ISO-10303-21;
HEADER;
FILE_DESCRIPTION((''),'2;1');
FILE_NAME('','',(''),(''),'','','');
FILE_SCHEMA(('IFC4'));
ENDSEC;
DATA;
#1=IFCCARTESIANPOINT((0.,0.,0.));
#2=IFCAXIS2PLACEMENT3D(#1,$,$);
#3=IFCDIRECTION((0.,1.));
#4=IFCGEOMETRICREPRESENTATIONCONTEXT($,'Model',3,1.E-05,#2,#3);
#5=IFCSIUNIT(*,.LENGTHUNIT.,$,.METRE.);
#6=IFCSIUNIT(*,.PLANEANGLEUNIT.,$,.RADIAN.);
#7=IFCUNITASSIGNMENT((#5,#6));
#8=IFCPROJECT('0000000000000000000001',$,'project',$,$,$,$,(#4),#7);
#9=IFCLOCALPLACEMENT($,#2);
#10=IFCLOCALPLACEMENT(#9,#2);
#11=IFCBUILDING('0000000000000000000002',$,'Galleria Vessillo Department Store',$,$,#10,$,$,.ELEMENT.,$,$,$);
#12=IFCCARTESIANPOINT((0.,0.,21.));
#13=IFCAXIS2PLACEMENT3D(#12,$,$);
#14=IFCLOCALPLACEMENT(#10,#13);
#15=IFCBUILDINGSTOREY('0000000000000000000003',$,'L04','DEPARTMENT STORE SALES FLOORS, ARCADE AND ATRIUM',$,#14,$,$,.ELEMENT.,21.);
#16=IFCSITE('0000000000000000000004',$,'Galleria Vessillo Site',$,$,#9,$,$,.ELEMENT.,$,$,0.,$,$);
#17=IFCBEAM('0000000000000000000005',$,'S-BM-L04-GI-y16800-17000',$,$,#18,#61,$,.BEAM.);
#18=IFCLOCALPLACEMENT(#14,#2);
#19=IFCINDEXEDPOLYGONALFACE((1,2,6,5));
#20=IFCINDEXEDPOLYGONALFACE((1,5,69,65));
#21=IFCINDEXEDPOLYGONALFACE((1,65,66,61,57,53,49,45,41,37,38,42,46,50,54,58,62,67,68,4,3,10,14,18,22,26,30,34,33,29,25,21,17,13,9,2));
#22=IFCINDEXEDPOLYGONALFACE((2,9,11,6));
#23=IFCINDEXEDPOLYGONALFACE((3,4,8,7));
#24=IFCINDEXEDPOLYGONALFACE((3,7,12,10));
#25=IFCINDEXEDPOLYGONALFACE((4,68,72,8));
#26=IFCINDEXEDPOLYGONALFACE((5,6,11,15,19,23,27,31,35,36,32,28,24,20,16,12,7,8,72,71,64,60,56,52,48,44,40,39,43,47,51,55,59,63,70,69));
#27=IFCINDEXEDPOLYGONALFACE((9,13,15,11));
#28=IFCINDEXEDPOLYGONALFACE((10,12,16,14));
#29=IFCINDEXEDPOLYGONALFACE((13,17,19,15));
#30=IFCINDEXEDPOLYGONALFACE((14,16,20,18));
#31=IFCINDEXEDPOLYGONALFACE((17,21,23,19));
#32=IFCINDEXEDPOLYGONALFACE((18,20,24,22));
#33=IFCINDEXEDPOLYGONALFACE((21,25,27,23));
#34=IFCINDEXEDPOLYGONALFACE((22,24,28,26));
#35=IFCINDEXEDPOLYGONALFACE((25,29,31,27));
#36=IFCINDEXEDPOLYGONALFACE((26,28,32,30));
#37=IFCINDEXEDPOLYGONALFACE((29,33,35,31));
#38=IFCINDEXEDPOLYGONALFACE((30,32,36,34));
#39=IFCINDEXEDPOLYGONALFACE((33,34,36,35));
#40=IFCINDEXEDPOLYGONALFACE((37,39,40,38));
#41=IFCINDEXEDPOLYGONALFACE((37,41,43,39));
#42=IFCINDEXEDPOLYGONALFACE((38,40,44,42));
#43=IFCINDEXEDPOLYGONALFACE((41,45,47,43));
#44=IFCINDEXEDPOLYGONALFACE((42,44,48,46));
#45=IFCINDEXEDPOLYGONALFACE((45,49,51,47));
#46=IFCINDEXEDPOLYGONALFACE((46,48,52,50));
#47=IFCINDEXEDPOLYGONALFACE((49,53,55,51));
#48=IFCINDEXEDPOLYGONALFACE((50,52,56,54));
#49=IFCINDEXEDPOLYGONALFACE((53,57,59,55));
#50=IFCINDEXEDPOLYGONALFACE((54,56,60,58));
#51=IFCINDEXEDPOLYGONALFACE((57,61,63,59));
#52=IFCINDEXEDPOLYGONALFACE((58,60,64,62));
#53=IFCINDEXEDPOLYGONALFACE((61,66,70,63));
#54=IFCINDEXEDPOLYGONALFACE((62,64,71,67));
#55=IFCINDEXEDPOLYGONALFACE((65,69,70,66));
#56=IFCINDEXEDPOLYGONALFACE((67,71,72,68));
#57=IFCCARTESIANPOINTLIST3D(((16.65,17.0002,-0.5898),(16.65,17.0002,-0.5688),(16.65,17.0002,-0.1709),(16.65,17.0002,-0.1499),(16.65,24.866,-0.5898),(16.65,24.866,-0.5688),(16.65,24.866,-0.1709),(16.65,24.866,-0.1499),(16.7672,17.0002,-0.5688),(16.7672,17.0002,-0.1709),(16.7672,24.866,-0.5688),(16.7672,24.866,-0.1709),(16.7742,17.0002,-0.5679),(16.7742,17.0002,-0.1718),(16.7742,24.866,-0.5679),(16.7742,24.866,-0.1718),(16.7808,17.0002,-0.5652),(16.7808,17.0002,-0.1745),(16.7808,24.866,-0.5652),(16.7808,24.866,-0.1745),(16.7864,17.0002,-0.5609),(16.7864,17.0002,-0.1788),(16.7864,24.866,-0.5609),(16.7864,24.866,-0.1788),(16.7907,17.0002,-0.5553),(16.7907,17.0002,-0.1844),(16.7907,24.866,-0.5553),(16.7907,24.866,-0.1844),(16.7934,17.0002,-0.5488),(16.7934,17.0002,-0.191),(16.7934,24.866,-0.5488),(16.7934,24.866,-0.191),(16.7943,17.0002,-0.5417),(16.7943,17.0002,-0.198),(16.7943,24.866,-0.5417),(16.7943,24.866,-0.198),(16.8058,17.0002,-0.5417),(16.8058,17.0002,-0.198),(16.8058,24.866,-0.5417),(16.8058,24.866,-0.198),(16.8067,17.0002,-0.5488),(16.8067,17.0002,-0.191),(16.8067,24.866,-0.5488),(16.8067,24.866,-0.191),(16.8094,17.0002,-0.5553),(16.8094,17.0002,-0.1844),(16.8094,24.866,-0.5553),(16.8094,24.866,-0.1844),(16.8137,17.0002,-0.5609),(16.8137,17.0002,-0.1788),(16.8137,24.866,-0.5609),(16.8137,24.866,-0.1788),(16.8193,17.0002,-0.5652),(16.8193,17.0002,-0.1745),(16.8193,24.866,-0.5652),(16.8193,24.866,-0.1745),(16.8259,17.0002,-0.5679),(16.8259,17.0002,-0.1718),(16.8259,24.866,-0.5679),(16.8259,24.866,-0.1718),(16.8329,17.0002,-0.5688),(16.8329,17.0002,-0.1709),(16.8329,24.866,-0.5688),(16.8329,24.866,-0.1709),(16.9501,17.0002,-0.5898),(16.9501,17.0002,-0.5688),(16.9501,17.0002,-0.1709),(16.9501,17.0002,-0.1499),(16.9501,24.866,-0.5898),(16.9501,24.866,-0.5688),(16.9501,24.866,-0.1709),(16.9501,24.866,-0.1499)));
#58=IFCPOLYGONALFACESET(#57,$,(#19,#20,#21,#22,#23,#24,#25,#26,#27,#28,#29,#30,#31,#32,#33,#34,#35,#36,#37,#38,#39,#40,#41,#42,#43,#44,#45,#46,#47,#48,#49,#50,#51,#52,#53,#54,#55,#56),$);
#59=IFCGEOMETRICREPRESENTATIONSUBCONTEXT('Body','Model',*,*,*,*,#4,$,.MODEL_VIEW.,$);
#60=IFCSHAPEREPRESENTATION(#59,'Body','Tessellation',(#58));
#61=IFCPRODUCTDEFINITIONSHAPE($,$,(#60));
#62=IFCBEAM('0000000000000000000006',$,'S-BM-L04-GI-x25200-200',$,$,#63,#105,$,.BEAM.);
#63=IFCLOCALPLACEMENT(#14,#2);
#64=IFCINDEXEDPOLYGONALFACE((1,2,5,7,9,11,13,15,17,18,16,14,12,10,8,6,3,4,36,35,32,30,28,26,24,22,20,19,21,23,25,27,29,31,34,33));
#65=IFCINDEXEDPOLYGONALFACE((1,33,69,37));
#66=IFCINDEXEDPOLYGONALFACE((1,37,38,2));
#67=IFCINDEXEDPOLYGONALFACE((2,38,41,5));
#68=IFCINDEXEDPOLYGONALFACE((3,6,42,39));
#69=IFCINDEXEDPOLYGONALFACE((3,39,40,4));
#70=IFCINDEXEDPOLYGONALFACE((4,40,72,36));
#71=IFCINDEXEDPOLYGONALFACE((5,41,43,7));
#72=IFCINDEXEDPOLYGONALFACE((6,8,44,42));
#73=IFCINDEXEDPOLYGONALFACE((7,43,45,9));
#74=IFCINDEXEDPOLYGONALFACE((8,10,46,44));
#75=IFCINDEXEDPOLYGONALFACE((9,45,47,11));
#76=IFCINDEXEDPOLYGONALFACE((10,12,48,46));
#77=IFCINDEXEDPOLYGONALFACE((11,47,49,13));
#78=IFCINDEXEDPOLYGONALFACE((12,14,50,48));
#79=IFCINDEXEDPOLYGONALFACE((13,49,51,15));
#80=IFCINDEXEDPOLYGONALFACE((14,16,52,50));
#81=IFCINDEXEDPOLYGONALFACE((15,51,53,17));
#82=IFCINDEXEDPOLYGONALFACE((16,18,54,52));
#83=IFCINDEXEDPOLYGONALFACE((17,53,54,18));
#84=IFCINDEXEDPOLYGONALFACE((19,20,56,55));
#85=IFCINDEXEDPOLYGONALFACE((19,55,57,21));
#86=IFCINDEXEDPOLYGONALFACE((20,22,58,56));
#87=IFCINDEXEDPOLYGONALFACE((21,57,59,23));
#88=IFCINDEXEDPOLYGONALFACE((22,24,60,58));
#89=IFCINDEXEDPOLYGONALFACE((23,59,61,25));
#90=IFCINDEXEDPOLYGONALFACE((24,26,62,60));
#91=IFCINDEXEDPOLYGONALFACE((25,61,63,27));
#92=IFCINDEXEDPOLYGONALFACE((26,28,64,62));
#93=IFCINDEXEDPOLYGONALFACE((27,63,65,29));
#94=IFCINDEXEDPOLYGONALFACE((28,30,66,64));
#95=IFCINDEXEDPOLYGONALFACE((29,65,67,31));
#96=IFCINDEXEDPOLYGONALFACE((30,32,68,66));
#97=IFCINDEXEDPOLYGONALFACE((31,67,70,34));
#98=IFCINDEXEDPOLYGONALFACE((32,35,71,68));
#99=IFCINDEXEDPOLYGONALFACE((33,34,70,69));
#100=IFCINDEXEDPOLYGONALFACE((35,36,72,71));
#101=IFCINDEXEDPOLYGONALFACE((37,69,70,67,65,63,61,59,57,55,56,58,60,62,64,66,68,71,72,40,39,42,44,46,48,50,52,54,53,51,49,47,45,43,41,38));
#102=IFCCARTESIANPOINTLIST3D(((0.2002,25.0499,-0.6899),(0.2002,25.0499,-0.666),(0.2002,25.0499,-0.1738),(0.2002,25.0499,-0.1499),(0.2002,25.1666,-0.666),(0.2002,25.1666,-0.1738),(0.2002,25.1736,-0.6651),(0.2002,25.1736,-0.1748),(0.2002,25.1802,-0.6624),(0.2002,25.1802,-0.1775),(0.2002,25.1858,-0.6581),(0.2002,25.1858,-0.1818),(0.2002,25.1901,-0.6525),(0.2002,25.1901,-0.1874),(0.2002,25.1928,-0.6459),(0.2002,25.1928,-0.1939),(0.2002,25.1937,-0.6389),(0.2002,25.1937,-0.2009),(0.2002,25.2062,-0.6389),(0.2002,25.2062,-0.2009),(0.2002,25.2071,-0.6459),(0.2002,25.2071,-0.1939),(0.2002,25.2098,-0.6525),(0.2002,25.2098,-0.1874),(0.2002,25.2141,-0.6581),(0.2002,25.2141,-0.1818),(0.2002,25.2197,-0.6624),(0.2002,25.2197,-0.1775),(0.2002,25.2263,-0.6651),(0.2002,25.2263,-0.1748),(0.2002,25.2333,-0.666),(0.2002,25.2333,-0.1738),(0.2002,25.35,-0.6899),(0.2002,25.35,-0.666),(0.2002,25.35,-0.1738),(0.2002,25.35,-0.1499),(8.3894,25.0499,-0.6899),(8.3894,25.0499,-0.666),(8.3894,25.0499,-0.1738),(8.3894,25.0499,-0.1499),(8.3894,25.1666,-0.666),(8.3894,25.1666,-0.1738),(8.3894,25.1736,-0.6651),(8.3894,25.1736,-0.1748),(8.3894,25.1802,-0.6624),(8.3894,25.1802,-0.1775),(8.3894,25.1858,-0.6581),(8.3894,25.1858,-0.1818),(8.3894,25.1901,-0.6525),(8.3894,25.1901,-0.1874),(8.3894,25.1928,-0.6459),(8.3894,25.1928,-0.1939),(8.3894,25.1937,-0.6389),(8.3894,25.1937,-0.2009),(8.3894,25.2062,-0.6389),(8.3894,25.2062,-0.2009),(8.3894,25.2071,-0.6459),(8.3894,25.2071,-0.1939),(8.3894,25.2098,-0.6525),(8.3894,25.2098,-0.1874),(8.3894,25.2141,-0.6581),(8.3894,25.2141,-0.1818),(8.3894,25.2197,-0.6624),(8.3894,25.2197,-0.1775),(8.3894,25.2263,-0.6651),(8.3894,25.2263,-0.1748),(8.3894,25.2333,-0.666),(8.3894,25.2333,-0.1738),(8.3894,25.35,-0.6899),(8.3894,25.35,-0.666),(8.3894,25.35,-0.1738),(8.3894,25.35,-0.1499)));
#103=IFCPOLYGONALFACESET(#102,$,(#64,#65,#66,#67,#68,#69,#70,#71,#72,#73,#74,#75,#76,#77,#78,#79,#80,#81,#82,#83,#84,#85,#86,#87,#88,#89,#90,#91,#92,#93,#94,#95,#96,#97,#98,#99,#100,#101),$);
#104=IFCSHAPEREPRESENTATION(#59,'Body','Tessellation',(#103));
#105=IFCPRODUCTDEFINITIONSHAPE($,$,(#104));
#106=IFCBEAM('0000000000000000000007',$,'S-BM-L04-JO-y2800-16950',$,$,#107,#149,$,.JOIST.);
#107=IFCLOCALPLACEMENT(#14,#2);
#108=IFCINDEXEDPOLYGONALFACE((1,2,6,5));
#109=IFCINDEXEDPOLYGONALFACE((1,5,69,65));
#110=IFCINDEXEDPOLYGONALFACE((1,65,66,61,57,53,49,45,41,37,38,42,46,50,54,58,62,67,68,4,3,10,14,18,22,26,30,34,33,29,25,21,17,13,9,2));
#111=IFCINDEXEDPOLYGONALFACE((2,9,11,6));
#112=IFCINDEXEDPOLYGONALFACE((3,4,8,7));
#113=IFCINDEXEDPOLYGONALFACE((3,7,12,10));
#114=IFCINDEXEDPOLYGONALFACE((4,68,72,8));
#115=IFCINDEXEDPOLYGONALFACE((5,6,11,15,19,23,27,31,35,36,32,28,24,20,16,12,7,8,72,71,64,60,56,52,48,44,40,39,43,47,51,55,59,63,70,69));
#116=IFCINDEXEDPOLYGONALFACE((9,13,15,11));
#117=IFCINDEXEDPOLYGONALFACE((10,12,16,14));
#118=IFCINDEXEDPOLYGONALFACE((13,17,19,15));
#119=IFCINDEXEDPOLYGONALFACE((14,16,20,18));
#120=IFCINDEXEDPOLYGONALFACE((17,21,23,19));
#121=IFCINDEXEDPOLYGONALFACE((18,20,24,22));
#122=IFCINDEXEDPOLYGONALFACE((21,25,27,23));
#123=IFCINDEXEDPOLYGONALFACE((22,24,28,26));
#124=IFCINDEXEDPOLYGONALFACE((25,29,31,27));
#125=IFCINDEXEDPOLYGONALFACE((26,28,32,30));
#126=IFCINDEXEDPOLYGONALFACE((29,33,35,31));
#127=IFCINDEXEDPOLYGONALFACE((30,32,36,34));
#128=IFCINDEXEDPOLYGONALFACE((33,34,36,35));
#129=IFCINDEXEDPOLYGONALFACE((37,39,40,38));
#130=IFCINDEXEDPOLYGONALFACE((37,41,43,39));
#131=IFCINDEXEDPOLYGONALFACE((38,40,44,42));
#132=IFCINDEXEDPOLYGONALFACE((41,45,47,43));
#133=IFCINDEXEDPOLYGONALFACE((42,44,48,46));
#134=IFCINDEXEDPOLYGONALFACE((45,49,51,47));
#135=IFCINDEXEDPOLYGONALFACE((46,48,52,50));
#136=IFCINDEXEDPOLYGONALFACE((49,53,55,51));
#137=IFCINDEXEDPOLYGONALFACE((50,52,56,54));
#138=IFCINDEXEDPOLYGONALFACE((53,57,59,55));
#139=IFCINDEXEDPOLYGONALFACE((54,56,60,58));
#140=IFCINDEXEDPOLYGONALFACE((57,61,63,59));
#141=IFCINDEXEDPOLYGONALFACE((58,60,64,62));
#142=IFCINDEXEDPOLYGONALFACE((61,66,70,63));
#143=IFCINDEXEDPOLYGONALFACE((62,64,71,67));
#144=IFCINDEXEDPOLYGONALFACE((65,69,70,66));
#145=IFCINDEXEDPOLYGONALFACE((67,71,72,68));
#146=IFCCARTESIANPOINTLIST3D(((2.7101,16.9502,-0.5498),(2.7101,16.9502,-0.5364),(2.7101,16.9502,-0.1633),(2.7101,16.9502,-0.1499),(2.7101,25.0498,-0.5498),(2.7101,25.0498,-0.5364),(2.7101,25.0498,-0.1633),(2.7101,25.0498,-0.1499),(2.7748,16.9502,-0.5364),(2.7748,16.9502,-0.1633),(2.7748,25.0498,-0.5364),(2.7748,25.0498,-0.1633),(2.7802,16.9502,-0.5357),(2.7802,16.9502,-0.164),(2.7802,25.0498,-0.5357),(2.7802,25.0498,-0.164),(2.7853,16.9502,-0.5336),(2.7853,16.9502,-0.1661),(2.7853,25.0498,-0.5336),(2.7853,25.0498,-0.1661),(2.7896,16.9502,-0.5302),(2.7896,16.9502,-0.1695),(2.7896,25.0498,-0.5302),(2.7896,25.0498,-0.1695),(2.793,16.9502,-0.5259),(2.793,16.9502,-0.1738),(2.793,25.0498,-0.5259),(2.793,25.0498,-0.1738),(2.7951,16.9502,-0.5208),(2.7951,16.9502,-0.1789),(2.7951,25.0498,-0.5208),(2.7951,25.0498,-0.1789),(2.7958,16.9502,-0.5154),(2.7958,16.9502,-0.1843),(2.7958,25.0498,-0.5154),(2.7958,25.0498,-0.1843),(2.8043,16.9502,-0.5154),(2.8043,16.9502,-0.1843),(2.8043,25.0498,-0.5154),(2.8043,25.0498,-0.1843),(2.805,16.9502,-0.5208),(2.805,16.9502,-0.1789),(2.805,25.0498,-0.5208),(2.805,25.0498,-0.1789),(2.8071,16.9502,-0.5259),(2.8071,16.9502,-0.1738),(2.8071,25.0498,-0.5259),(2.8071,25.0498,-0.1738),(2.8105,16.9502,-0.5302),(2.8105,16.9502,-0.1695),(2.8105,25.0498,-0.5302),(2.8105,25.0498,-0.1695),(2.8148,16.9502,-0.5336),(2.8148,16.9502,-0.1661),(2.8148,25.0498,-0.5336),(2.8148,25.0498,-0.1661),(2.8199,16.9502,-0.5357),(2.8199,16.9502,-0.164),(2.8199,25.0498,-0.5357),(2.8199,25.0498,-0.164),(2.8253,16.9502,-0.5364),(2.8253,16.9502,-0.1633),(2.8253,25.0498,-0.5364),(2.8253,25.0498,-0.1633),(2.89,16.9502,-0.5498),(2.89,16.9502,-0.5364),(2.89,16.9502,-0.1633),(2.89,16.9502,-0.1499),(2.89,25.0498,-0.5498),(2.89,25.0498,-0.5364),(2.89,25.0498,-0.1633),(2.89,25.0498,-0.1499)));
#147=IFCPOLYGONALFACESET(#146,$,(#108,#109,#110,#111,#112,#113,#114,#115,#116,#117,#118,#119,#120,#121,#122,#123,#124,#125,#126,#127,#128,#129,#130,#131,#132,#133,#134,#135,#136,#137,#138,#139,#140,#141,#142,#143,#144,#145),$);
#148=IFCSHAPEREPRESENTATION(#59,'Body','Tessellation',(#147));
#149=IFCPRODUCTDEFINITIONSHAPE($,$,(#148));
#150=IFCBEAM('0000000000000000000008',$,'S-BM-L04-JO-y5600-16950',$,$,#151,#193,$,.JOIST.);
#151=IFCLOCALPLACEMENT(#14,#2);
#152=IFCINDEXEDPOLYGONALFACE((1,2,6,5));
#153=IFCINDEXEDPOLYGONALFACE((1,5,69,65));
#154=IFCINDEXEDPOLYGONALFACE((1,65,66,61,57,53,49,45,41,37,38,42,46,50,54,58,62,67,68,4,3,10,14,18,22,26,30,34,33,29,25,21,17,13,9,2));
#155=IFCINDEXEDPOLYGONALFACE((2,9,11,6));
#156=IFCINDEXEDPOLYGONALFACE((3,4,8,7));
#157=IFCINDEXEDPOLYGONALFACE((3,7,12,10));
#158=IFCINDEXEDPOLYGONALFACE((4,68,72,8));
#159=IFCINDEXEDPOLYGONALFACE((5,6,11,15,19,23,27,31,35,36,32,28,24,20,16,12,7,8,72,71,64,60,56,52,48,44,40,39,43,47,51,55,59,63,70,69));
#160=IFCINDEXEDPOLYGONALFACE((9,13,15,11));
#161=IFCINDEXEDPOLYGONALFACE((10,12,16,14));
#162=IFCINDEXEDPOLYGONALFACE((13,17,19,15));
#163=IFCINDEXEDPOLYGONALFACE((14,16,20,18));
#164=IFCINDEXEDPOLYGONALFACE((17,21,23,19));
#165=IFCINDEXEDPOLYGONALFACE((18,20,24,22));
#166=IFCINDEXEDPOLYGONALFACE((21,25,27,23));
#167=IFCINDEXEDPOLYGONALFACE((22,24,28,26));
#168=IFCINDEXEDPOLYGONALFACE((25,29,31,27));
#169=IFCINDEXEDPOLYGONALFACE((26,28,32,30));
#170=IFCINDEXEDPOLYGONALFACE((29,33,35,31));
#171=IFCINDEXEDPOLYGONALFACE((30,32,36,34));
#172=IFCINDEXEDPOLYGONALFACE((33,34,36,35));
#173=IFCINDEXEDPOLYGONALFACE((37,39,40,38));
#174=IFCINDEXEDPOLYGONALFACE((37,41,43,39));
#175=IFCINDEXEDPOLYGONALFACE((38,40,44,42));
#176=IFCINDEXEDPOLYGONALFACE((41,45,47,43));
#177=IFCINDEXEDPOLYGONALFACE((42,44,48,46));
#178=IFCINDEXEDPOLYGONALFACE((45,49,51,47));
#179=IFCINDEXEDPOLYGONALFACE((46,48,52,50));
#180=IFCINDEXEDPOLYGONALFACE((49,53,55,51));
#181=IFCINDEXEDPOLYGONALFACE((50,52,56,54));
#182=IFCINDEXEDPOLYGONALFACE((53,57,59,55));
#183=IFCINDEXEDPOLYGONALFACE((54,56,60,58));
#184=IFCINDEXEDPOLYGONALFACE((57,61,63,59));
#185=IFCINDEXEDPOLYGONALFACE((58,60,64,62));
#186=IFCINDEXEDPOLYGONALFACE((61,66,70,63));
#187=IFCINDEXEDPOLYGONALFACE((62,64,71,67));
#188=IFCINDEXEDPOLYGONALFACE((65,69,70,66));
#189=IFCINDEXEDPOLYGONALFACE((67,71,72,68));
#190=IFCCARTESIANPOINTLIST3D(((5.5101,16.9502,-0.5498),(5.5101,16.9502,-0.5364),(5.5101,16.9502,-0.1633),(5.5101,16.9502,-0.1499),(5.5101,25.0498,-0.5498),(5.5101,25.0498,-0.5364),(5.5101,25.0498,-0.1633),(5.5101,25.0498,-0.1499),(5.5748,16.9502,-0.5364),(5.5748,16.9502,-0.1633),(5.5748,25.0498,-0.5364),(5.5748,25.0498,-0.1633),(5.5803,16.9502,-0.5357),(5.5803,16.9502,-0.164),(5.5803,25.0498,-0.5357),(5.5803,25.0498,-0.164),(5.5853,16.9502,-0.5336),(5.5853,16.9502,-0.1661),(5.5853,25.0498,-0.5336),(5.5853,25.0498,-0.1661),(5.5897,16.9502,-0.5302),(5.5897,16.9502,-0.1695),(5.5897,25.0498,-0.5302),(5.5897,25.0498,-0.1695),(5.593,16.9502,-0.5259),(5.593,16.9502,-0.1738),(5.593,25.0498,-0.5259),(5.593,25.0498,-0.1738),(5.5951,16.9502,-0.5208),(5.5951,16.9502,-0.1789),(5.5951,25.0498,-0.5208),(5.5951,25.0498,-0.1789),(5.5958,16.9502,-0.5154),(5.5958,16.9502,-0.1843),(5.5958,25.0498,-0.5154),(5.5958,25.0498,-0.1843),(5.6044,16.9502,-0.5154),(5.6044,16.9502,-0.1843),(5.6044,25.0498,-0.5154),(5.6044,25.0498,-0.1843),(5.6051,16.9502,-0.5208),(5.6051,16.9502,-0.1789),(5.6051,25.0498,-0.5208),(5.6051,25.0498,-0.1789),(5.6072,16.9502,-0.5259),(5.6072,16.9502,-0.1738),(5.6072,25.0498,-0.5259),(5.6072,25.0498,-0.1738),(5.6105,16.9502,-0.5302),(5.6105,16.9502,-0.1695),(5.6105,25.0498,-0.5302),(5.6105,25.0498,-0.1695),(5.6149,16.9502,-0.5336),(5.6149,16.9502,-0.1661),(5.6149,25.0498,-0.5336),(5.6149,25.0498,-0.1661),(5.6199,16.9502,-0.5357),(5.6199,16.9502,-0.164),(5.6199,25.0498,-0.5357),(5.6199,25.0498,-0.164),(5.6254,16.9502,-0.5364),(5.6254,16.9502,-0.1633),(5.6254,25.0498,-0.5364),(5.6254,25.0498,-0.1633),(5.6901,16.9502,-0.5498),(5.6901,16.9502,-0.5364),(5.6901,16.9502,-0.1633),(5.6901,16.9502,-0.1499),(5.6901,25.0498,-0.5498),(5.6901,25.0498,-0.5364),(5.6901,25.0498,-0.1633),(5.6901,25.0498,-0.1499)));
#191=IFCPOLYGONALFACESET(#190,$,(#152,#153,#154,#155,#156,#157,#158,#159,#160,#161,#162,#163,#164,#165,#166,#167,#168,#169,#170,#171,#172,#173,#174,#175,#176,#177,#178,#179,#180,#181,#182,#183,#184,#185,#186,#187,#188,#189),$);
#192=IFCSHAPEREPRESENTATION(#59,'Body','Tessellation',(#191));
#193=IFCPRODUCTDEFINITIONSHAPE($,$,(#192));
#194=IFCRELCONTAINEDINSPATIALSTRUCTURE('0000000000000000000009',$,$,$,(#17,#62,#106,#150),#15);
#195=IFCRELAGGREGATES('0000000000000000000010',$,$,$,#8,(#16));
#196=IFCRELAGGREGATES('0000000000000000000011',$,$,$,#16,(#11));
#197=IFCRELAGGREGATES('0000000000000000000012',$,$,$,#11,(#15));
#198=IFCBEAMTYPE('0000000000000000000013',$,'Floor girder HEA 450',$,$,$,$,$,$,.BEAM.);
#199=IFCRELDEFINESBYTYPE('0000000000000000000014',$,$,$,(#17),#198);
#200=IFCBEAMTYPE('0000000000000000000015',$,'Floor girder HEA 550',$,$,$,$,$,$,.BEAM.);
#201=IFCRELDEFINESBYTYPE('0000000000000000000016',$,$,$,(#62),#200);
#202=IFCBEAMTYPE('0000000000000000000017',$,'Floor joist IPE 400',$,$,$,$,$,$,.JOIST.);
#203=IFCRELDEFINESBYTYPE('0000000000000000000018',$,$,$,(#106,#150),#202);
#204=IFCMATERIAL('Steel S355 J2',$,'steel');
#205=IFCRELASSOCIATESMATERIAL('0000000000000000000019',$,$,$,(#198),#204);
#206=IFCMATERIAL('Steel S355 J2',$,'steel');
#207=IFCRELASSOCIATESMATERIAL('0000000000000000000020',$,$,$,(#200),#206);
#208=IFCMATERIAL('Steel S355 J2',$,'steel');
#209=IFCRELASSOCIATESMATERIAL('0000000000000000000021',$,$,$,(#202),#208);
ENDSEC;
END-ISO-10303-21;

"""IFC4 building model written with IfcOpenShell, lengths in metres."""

from ifc_helpers import new_model, si_unit, direction, frame, origin, origin_2d, place, context, subcontext, project, spatial, i_section, extrude, material, material_profile, profile_set, type_object, element, save


model = new_model("IFC4")

# Units and contexts
model_context = context("Model", 3, precision=1e-05, world=origin(), true_north=direction((0.0, 1.0)))
body_context = subcontext(model_context, "Body", "Model", "MODEL_VIEW")
ifc_project = project(units=[si_unit("LENGTHUNIT", "METRE"), si_unit("PLANEANGLEUNIT", "RADIAN")], contexts=[model_context])

# Site, building, storey
site_placement = place(None, origin())
site = spatial("IfcSite", under=ifc_project, at=site_placement, Name="Galleria Vessillo Site", CompositionType="ELEMENT", RefElevation=0.0)
building_placement = place(site_placement, origin())
building = spatial("IfcBuilding", under=site, at=building_placement, Name="Galleria Vessillo Department Store", CompositionType="ELEMENT")
storey_placement = place(building_placement, frame((0.0, 0.0, 21.0)))
storey = spatial("IfcBuildingStorey", under=building, at=storey_placement, Name="L04", Description="DEPARTMENT STORE SALES FLOORS, ARCADE AND ATRIUM", CompositionType="ELEMENT", Elevation=21.0)

# Beams
ifc_material_1 = material(Name="Steel S355 J2", Category="steel")
ifc_material_profile_1 = material_profile(ifc_material_1, i_section(OverallWidth=0.3, OverallDepth=0.4399, WebThickness=0.0115, FlangeThickness=0.021, FilletRadius=0.0271, at=origin_2d()), Name="HEA 450")
ifc_profile_set_1 = profile_set([ifc_material_profile_1], Name="Steel S355 J2")
beam_type_1 = type_object("IfcBeamType", Name="Floor girder HEA 450", PredefinedType="BEAM", material=ifc_profile_set_1)
for number, where, z_axis, x_axis, name in (
    (1, (16.8, 17.0002, -0.3699), (0.0, 1.0, 0.0), (-1.0, 0.0, 0.0), "S-BM-L04-GI-y16800-17000"),
):
    element("IfcBeam", number, at=place(storey_placement, frame(where, z_axis=z_axis, x_axis=x_axis)), inside=storey, type_object=beam_type_1, Name=name, PredefinedType="BEAM", context=body_context, shape_type="SweptSolid", body=[
        extrude(i_section(OverallWidth=0.3, OverallDepth=0.4399, WebThickness=0.0115, FlangeThickness=0.021, FilletRadius=0.0271, at=origin_2d()), origin(), (0.0, 0.0, 1.0), 7.8657),
    ])
ifc_material_2 = material(Name="Steel S355 J2", Category="steel")
ifc_material_profile_2 = material_profile(ifc_material_2, i_section(OverallWidth=0.3, OverallDepth=0.54, WebThickness=0.0125, FlangeThickness=0.0239, FilletRadius=0.0271, at=origin_2d()), Name="HEA 550")
ifc_profile_set_2 = profile_set([ifc_material_profile_2], Name="Steel S355 J2")
beam_type_2 = type_object("IfcBeamType", Name="Floor girder HEA 550", PredefinedType="BEAM", material=ifc_profile_set_2)
beam_1_placement = place(storey_placement, frame((0.2002, 25.2, -0.4199), z_axis=(1.0, 0.0, 0.0), x_axis=(0.0, 1.0, 0.0)))
element("IfcBeam", 2, at=beam_1_placement, inside=storey, type_object=beam_type_2, Name="S-BM-L04-GI-x25200-200", PredefinedType="BEAM", context=body_context, shape_type="SweptSolid", body=[
    extrude(i_section(OverallWidth=0.3, OverallDepth=0.54, WebThickness=0.0125, FlangeThickness=0.0239, FilletRadius=0.0271, at=origin_2d()), origin(), (0.0, 0.0, 1.0), 8.1892),
])
ifc_material_3 = material(Name="Steel S355 J2", Category="steel")
ifc_material_profile_3 = material_profile(ifc_material_3, i_section(OverallWidth=0.1799, OverallDepth=0.3999, WebThickness=0.0085, FlangeThickness=0.0134, FilletRadius=0.021, at=origin_2d()), Name="IPE 400")
ifc_profile_set_3 = profile_set([ifc_material_profile_3], Name="Steel S355 J2")
beam_type_3 = type_object("IfcBeamType", Name="Floor joist IPE 400", PredefinedType="JOIST", material=ifc_profile_set_3)
for number, where, z_axis, x_axis, name in (
    (3, (2.8, 16.9502, -0.3499), (0.0, 1.0, 0.0), (-1.0, 0.0, 0.0), "S-BM-L04-JO-y2800-16950"),
    (4, (5.6001, 16.9502, -0.3499), (0.0, 1.0, 0.0), (-1.0, 0.0, 0.0), "S-BM-L04-JO-y5600-16950"),
):
    element("IfcBeam", number, at=place(storey_placement, frame(where, z_axis=z_axis, x_axis=x_axis)), inside=storey, type_object=beam_type_3, Name=name, PredefinedType="JOIST", context=body_context, shape_type="SweptSolid", body=[
        extrude(i_section(OverallWidth=0.1799, OverallDepth=0.3999, WebThickness=0.0085, FlangeThickness=0.0134, FilletRadius=0.021, at=origin_2d()), origin(), (0.0, 0.0, 1.0), 8.0996),
    ])

save(model, "model.ifc")
